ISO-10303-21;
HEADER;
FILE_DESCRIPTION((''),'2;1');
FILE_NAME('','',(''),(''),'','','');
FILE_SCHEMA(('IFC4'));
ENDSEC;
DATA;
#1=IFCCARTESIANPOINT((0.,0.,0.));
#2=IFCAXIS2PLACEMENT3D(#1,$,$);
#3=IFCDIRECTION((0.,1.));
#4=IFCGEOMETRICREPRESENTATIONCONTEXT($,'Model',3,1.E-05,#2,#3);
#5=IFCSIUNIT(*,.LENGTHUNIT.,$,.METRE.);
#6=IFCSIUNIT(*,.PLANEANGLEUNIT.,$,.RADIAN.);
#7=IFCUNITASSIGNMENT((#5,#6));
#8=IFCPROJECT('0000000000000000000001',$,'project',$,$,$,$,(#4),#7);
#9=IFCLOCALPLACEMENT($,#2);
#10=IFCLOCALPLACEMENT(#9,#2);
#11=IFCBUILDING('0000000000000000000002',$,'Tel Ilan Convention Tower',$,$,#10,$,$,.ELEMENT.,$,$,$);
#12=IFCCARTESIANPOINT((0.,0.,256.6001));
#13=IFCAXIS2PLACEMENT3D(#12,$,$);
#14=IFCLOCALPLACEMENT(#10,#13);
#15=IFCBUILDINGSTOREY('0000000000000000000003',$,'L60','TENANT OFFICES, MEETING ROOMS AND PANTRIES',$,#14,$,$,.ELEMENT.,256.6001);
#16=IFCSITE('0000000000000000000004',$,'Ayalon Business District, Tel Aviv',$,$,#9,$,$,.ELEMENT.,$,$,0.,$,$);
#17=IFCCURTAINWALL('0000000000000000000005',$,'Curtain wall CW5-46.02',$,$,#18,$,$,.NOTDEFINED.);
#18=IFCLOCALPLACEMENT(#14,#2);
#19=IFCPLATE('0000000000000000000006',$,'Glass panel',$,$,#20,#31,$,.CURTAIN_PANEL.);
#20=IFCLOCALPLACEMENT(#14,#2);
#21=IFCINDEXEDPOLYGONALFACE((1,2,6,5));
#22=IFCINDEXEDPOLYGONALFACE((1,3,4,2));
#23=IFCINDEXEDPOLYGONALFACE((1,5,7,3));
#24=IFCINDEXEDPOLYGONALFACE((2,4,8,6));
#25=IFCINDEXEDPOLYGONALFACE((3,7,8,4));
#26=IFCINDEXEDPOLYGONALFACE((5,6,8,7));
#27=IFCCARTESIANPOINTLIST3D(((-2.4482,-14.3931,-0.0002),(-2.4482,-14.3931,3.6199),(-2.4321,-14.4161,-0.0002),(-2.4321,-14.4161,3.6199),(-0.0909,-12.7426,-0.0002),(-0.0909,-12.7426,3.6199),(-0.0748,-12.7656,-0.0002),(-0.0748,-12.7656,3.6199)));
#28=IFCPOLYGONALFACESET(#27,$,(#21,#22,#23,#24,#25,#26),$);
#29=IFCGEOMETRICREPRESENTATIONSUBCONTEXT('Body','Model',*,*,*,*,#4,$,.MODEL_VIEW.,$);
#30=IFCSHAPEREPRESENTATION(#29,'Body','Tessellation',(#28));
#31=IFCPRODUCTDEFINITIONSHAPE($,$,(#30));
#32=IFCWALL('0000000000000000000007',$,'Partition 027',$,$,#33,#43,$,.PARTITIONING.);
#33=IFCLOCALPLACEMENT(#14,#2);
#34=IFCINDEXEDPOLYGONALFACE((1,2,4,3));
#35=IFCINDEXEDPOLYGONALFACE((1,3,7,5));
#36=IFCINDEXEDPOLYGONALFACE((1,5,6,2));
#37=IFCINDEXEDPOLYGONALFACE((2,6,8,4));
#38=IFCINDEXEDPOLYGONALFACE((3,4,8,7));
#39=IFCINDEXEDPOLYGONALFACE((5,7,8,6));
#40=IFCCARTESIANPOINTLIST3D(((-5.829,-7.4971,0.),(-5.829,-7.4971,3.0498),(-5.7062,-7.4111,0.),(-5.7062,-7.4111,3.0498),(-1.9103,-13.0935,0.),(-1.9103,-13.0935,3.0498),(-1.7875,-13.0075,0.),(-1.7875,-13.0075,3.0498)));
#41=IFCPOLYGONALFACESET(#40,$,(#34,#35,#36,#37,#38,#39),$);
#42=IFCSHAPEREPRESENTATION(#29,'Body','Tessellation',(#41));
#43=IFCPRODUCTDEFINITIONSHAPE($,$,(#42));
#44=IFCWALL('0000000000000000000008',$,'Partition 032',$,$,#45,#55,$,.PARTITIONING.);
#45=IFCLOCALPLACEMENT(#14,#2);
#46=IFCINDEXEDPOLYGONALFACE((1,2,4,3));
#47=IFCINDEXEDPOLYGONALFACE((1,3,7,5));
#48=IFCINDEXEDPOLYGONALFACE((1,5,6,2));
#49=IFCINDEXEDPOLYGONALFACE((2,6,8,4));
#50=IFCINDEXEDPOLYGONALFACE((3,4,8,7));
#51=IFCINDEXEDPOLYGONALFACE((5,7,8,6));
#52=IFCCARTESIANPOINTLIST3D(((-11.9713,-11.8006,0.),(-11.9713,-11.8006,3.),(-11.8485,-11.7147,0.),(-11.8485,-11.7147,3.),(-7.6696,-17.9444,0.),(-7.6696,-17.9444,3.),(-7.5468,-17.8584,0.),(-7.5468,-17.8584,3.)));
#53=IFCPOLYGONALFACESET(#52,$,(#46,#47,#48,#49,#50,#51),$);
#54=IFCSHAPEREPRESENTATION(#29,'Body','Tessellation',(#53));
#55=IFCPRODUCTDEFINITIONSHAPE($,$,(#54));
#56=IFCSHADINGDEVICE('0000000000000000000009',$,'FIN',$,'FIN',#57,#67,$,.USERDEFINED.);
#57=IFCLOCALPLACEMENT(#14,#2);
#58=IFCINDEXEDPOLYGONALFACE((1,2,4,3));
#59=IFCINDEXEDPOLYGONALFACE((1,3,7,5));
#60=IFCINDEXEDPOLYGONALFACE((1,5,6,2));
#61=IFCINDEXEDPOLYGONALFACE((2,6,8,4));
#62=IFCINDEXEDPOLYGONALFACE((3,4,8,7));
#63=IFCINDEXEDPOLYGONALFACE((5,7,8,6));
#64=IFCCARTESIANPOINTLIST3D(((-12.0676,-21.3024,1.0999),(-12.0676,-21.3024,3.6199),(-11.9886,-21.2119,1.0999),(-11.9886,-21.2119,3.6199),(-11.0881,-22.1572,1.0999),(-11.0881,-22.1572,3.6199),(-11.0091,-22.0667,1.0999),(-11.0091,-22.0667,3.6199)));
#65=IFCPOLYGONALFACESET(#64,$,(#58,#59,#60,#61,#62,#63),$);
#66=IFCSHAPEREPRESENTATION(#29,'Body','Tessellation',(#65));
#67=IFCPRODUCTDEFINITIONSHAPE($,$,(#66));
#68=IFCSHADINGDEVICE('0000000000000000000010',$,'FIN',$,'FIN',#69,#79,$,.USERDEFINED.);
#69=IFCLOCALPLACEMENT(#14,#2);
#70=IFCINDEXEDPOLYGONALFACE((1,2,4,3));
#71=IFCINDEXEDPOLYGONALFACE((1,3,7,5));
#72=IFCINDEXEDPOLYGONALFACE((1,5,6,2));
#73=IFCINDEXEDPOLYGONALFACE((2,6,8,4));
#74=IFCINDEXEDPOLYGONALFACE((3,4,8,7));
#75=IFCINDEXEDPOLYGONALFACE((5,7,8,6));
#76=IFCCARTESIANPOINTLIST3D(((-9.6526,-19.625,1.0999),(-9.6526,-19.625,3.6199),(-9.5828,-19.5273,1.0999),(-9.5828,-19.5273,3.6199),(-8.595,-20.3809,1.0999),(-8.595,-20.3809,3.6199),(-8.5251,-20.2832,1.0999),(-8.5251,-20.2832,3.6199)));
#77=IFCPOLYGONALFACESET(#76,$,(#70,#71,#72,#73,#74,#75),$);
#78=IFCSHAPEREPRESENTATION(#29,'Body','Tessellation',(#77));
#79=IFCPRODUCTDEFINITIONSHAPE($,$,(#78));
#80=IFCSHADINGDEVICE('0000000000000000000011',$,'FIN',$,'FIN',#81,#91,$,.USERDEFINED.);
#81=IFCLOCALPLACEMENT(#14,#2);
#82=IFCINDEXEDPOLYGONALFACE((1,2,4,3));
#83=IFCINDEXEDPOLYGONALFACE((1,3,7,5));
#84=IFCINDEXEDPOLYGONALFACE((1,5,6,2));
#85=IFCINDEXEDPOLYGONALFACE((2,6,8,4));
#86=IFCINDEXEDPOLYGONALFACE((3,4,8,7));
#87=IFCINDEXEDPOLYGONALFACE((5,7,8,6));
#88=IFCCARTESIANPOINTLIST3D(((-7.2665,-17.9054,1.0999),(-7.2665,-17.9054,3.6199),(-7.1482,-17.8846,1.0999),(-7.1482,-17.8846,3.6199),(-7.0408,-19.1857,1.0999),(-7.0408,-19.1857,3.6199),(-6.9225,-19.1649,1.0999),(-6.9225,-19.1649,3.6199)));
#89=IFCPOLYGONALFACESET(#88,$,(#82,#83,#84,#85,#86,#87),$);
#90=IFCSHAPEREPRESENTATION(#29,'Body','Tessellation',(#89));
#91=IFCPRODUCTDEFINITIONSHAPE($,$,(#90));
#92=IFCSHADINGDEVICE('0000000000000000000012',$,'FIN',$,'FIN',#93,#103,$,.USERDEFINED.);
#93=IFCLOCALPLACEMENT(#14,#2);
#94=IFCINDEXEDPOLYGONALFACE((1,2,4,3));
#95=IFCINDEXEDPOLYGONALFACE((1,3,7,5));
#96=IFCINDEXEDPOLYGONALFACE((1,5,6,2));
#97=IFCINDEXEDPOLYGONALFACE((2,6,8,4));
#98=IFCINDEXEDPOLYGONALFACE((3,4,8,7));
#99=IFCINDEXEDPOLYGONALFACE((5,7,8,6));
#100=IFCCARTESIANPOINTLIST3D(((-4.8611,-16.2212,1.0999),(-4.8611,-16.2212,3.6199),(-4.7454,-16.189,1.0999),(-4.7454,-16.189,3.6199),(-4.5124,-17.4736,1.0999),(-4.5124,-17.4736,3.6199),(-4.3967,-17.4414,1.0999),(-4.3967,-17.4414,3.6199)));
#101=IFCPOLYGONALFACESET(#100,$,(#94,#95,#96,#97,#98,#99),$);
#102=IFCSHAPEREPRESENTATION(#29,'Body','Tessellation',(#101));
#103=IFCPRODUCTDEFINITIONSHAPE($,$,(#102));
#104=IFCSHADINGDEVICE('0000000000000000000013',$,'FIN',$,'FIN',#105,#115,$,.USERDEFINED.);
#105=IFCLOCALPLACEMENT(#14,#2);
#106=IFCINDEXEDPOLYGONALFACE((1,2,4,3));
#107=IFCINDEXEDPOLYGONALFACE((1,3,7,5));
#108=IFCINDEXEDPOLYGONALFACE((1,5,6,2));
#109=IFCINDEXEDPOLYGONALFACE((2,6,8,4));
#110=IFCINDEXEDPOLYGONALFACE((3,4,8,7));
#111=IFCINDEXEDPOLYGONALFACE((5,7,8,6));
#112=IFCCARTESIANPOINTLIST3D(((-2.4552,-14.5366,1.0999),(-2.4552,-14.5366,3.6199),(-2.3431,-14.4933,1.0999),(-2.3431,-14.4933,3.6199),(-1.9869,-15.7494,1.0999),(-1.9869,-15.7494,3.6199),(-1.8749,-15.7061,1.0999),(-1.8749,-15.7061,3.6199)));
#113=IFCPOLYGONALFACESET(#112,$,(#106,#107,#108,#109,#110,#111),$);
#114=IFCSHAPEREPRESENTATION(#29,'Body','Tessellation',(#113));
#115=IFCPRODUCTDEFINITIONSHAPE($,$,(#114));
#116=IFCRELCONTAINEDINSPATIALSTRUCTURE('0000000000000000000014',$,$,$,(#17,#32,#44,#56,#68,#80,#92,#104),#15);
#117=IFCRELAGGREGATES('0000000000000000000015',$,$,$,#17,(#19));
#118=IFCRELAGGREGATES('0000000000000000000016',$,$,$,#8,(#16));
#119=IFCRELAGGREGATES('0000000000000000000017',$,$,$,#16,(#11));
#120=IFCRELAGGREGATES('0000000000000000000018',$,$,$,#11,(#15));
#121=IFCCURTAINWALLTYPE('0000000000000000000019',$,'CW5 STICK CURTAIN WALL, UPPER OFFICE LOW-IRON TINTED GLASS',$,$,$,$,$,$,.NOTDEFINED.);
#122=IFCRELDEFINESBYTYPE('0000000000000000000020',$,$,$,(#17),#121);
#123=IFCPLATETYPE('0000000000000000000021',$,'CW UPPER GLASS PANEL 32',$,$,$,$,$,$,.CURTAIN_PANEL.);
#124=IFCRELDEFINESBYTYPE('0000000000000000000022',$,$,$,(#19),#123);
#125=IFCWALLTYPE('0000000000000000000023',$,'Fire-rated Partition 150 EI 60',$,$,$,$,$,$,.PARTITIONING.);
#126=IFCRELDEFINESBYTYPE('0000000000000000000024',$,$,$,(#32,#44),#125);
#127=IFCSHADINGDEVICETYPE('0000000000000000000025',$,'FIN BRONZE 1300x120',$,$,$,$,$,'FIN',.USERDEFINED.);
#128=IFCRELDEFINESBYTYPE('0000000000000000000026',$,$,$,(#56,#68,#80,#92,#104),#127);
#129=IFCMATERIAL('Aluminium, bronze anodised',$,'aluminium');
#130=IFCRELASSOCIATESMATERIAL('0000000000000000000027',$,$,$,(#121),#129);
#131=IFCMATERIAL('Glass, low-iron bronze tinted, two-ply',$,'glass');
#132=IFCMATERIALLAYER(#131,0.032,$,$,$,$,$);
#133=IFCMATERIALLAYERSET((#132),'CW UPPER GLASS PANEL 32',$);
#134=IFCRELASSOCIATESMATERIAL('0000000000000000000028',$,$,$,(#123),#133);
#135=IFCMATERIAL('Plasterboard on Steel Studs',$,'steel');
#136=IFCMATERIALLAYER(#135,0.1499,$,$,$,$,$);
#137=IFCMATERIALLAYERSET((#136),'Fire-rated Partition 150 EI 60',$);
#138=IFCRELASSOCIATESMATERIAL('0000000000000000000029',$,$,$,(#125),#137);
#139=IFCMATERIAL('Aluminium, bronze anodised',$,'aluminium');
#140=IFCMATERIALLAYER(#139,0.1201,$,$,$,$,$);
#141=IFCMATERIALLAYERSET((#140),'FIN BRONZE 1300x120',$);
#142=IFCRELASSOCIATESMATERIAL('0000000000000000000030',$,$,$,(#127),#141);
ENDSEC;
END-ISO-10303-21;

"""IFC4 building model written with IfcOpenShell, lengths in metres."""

from ifc_helpers import new_model, si_unit, direction, frame, frame_2d, origin, origin_2d, place, context, subcontext, project, spatial, rectangle, extrude, material, layer, layer_set, type_object, element, aggregate, save


model = new_model("IFC4")

# Units and contexts
model_context = context("Model", 3, precision=1e-05, world=origin(), true_north=direction((0.0, 1.0)))
body_context = subcontext(model_context, "Body", "Model", "MODEL_VIEW")
ifc_project = project(units=[si_unit("LENGTHUNIT", "METRE"), si_unit("PLANEANGLEUNIT", "RADIAN")], contexts=[model_context])

# Site, building, storey
site_placement = place(None, origin())
site = spatial("IfcSite", under=ifc_project, at=site_placement, Name="Ayalon Business District, Tel Aviv", CompositionType="ELEMENT", RefElevation=0.0)
building_placement = place(site_placement, origin())
building = spatial("IfcBuilding", under=site, at=building_placement, Name="Tel Ilan Convention Tower", CompositionType="ELEMENT")
storey_placement = place(building_placement, frame((0.0, 0.0, 256.6001)))
storey = spatial("IfcBuildingStorey", under=building, at=storey_placement, Name="L60", Description="TENANT OFFICES, MEETING ROOMS AND PANTRIES", CompositionType="ELEMENT", Elevation=256.6001)

# Curtain wall, plate
ifc_material_1 = material(Name="Aluminium, bronze anodised", Category="aluminium")
curtain_wall_type = type_object("IfcCurtainWallType", Name="CW5 STICK CURTAIN WALL, UPPER OFFICE LOW-IRON TINTED GLASS", PredefinedType="NOTDEFINED", material=ifc_material_1)
curtain_wall_placement = place(storey_placement, origin())
curtain_wall = element("IfcCurtainWall", 1, at=curtain_wall_placement, inside=storey, type_object=curtain_wall_type, Name="Curtain wall CW5-46.02", PredefinedType="NOTDEFINED")
ifc_material_2 = material(Name="Glass, low-iron bronze tinted, two-ply", Category="glass")
ifc_layer_1 = layer(ifc_material_2, 0.032)
ifc_layer_set_1 = layer_set([ifc_layer_1], Name="CW UPPER GLASS PANEL 32")
plate_type = type_object("IfcPlateType", Name="CW UPPER GLASS PANEL 32", PredefinedType="CURTAIN_PANEL", material=ifc_layer_set_1)
plate_1_placement = place(storey_placement, frame((-1.2615, -13.5793, -0.0002), z_axis=(0.0, 0.0, 1.0), x_axis=(0.819152, 0.573576, 0.0)))
plate_1 = element("IfcPlate", 2, at=plate_1_placement, type_object=plate_type, Name="Glass panel", PredefinedType="CURTAIN_PANEL", context=body_context, shape_type="SweptSolid", body=[
    extrude(rectangle(XDim=2.8777, YDim=0.0281, at=origin_2d()), origin(), (0.0, 0.0, 1.0), 3.6201),
])
aggregate(curtain_wall, [plate_1])

# Walls
ifc_material_3 = material(Name="Plasterboard on Steel Studs", Category="steel")
ifc_layer_2 = layer(ifc_material_3, 0.1499)
ifc_layer_set_2 = layer_set([ifc_layer_2], Name="Fire-rated Partition 150 EI 60")
wall_type = type_object("IfcWallType", Name="Fire-rated Partition 150 EI 60", PredefinedType="PARTITIONING", material=ifc_layer_set_2)
wall_1_placement = place(storey_placement, frame((-1.8489, -13.0505, 0.0), z_axis=(0.0, 0.0, 1.0), x_axis=(-0.57358, 0.81915, 0.0)))
element("IfcWall", 3, at=wall_1_placement, inside=storey, type_object=wall_type, Name="Partition 027", PredefinedType="PARTITIONING", context=body_context, shape_type="SweptSolid", body=[
    extrude(rectangle(XDim=6.832, YDim=0.1499, at=frame_2d((3.416, 0.0))), origin(), (0.0, 0.0, 1.0), 3.0498),
])
wall_2_placement = place(storey_placement, frame((-7.6082, -17.9014, 0.0), z_axis=(0.0, 0.0, 1.0), x_axis=(-0.573561, 0.819163, 0.0)))
element("IfcWall", 4, at=wall_2_placement, inside=storey, type_object=wall_type, Name="Partition 032", PredefinedType="PARTITIONING", context=body_context, shape_type="SweptSolid", body=[
    extrude(rectangle(XDim=7.5, YDim=0.1499, at=frame_2d((3.75, 0.0))), origin(), (0.0, 0.0, 1.0), 3.0),
])

# Shading devices
ifc_material_4 = material(Name="Aluminium, bronze anodised", Category="aluminium")
ifc_layer_3 = layer(ifc_material_4, 0.1201)
ifc_layer_set_3 = layer_set([ifc_layer_3], Name="FIN BRONZE 1300x120")
shading_device_type = type_object("IfcShadingDeviceType", Name="FIN BRONZE 1300x120", ElementType="FIN", PredefinedType="USERDEFINED", material=ifc_layer_set_3)
for number, where, z_axis, x_axis, name in (
    (5, (-11.5383, -21.6846, 1.0999), (0.0, 0.0, 1.0), (0.753436, -0.657521, 0.0), "FIN"),
    (6, (-9.0889, -19.9541, 1.0999), (0.0, 0.0, 1.0), (0.813552, -0.581492, 0.0), "FIN"),
    (7, (-7.0945, -18.5352, 1.0999), (0.0, 0.0, 1.0), (0.173648, -0.984808, 0.0), "FIN"),
    (8, (-4.6289, -16.8313, 1.0999), (0.0, 0.0, 1.0), (0.268173, -0.963371, 0.0), "FIN"),
    (9, (-2.165, -15.1213, 1.0999), (0.0, 0.0, 1.0), (0.360178, -0.932884, 0.0), "FIN"),
):
    element("IfcShadingDevice", number, at=place(storey_placement, frame(where, z_axis=z_axis, x_axis=x_axis)), inside=storey, type_object=shading_device_type, Name=name, ObjectType="FIN", PredefinedType="USERDEFINED", context=body_context, shape_type="SweptSolid", body=[
        extrude(rectangle(XDim=1.3, YDim=0.1201, at=origin_2d()), origin(), (0.0, 0.0, 1.0), 2.52),
    ])

save(model, "model.ifc")
